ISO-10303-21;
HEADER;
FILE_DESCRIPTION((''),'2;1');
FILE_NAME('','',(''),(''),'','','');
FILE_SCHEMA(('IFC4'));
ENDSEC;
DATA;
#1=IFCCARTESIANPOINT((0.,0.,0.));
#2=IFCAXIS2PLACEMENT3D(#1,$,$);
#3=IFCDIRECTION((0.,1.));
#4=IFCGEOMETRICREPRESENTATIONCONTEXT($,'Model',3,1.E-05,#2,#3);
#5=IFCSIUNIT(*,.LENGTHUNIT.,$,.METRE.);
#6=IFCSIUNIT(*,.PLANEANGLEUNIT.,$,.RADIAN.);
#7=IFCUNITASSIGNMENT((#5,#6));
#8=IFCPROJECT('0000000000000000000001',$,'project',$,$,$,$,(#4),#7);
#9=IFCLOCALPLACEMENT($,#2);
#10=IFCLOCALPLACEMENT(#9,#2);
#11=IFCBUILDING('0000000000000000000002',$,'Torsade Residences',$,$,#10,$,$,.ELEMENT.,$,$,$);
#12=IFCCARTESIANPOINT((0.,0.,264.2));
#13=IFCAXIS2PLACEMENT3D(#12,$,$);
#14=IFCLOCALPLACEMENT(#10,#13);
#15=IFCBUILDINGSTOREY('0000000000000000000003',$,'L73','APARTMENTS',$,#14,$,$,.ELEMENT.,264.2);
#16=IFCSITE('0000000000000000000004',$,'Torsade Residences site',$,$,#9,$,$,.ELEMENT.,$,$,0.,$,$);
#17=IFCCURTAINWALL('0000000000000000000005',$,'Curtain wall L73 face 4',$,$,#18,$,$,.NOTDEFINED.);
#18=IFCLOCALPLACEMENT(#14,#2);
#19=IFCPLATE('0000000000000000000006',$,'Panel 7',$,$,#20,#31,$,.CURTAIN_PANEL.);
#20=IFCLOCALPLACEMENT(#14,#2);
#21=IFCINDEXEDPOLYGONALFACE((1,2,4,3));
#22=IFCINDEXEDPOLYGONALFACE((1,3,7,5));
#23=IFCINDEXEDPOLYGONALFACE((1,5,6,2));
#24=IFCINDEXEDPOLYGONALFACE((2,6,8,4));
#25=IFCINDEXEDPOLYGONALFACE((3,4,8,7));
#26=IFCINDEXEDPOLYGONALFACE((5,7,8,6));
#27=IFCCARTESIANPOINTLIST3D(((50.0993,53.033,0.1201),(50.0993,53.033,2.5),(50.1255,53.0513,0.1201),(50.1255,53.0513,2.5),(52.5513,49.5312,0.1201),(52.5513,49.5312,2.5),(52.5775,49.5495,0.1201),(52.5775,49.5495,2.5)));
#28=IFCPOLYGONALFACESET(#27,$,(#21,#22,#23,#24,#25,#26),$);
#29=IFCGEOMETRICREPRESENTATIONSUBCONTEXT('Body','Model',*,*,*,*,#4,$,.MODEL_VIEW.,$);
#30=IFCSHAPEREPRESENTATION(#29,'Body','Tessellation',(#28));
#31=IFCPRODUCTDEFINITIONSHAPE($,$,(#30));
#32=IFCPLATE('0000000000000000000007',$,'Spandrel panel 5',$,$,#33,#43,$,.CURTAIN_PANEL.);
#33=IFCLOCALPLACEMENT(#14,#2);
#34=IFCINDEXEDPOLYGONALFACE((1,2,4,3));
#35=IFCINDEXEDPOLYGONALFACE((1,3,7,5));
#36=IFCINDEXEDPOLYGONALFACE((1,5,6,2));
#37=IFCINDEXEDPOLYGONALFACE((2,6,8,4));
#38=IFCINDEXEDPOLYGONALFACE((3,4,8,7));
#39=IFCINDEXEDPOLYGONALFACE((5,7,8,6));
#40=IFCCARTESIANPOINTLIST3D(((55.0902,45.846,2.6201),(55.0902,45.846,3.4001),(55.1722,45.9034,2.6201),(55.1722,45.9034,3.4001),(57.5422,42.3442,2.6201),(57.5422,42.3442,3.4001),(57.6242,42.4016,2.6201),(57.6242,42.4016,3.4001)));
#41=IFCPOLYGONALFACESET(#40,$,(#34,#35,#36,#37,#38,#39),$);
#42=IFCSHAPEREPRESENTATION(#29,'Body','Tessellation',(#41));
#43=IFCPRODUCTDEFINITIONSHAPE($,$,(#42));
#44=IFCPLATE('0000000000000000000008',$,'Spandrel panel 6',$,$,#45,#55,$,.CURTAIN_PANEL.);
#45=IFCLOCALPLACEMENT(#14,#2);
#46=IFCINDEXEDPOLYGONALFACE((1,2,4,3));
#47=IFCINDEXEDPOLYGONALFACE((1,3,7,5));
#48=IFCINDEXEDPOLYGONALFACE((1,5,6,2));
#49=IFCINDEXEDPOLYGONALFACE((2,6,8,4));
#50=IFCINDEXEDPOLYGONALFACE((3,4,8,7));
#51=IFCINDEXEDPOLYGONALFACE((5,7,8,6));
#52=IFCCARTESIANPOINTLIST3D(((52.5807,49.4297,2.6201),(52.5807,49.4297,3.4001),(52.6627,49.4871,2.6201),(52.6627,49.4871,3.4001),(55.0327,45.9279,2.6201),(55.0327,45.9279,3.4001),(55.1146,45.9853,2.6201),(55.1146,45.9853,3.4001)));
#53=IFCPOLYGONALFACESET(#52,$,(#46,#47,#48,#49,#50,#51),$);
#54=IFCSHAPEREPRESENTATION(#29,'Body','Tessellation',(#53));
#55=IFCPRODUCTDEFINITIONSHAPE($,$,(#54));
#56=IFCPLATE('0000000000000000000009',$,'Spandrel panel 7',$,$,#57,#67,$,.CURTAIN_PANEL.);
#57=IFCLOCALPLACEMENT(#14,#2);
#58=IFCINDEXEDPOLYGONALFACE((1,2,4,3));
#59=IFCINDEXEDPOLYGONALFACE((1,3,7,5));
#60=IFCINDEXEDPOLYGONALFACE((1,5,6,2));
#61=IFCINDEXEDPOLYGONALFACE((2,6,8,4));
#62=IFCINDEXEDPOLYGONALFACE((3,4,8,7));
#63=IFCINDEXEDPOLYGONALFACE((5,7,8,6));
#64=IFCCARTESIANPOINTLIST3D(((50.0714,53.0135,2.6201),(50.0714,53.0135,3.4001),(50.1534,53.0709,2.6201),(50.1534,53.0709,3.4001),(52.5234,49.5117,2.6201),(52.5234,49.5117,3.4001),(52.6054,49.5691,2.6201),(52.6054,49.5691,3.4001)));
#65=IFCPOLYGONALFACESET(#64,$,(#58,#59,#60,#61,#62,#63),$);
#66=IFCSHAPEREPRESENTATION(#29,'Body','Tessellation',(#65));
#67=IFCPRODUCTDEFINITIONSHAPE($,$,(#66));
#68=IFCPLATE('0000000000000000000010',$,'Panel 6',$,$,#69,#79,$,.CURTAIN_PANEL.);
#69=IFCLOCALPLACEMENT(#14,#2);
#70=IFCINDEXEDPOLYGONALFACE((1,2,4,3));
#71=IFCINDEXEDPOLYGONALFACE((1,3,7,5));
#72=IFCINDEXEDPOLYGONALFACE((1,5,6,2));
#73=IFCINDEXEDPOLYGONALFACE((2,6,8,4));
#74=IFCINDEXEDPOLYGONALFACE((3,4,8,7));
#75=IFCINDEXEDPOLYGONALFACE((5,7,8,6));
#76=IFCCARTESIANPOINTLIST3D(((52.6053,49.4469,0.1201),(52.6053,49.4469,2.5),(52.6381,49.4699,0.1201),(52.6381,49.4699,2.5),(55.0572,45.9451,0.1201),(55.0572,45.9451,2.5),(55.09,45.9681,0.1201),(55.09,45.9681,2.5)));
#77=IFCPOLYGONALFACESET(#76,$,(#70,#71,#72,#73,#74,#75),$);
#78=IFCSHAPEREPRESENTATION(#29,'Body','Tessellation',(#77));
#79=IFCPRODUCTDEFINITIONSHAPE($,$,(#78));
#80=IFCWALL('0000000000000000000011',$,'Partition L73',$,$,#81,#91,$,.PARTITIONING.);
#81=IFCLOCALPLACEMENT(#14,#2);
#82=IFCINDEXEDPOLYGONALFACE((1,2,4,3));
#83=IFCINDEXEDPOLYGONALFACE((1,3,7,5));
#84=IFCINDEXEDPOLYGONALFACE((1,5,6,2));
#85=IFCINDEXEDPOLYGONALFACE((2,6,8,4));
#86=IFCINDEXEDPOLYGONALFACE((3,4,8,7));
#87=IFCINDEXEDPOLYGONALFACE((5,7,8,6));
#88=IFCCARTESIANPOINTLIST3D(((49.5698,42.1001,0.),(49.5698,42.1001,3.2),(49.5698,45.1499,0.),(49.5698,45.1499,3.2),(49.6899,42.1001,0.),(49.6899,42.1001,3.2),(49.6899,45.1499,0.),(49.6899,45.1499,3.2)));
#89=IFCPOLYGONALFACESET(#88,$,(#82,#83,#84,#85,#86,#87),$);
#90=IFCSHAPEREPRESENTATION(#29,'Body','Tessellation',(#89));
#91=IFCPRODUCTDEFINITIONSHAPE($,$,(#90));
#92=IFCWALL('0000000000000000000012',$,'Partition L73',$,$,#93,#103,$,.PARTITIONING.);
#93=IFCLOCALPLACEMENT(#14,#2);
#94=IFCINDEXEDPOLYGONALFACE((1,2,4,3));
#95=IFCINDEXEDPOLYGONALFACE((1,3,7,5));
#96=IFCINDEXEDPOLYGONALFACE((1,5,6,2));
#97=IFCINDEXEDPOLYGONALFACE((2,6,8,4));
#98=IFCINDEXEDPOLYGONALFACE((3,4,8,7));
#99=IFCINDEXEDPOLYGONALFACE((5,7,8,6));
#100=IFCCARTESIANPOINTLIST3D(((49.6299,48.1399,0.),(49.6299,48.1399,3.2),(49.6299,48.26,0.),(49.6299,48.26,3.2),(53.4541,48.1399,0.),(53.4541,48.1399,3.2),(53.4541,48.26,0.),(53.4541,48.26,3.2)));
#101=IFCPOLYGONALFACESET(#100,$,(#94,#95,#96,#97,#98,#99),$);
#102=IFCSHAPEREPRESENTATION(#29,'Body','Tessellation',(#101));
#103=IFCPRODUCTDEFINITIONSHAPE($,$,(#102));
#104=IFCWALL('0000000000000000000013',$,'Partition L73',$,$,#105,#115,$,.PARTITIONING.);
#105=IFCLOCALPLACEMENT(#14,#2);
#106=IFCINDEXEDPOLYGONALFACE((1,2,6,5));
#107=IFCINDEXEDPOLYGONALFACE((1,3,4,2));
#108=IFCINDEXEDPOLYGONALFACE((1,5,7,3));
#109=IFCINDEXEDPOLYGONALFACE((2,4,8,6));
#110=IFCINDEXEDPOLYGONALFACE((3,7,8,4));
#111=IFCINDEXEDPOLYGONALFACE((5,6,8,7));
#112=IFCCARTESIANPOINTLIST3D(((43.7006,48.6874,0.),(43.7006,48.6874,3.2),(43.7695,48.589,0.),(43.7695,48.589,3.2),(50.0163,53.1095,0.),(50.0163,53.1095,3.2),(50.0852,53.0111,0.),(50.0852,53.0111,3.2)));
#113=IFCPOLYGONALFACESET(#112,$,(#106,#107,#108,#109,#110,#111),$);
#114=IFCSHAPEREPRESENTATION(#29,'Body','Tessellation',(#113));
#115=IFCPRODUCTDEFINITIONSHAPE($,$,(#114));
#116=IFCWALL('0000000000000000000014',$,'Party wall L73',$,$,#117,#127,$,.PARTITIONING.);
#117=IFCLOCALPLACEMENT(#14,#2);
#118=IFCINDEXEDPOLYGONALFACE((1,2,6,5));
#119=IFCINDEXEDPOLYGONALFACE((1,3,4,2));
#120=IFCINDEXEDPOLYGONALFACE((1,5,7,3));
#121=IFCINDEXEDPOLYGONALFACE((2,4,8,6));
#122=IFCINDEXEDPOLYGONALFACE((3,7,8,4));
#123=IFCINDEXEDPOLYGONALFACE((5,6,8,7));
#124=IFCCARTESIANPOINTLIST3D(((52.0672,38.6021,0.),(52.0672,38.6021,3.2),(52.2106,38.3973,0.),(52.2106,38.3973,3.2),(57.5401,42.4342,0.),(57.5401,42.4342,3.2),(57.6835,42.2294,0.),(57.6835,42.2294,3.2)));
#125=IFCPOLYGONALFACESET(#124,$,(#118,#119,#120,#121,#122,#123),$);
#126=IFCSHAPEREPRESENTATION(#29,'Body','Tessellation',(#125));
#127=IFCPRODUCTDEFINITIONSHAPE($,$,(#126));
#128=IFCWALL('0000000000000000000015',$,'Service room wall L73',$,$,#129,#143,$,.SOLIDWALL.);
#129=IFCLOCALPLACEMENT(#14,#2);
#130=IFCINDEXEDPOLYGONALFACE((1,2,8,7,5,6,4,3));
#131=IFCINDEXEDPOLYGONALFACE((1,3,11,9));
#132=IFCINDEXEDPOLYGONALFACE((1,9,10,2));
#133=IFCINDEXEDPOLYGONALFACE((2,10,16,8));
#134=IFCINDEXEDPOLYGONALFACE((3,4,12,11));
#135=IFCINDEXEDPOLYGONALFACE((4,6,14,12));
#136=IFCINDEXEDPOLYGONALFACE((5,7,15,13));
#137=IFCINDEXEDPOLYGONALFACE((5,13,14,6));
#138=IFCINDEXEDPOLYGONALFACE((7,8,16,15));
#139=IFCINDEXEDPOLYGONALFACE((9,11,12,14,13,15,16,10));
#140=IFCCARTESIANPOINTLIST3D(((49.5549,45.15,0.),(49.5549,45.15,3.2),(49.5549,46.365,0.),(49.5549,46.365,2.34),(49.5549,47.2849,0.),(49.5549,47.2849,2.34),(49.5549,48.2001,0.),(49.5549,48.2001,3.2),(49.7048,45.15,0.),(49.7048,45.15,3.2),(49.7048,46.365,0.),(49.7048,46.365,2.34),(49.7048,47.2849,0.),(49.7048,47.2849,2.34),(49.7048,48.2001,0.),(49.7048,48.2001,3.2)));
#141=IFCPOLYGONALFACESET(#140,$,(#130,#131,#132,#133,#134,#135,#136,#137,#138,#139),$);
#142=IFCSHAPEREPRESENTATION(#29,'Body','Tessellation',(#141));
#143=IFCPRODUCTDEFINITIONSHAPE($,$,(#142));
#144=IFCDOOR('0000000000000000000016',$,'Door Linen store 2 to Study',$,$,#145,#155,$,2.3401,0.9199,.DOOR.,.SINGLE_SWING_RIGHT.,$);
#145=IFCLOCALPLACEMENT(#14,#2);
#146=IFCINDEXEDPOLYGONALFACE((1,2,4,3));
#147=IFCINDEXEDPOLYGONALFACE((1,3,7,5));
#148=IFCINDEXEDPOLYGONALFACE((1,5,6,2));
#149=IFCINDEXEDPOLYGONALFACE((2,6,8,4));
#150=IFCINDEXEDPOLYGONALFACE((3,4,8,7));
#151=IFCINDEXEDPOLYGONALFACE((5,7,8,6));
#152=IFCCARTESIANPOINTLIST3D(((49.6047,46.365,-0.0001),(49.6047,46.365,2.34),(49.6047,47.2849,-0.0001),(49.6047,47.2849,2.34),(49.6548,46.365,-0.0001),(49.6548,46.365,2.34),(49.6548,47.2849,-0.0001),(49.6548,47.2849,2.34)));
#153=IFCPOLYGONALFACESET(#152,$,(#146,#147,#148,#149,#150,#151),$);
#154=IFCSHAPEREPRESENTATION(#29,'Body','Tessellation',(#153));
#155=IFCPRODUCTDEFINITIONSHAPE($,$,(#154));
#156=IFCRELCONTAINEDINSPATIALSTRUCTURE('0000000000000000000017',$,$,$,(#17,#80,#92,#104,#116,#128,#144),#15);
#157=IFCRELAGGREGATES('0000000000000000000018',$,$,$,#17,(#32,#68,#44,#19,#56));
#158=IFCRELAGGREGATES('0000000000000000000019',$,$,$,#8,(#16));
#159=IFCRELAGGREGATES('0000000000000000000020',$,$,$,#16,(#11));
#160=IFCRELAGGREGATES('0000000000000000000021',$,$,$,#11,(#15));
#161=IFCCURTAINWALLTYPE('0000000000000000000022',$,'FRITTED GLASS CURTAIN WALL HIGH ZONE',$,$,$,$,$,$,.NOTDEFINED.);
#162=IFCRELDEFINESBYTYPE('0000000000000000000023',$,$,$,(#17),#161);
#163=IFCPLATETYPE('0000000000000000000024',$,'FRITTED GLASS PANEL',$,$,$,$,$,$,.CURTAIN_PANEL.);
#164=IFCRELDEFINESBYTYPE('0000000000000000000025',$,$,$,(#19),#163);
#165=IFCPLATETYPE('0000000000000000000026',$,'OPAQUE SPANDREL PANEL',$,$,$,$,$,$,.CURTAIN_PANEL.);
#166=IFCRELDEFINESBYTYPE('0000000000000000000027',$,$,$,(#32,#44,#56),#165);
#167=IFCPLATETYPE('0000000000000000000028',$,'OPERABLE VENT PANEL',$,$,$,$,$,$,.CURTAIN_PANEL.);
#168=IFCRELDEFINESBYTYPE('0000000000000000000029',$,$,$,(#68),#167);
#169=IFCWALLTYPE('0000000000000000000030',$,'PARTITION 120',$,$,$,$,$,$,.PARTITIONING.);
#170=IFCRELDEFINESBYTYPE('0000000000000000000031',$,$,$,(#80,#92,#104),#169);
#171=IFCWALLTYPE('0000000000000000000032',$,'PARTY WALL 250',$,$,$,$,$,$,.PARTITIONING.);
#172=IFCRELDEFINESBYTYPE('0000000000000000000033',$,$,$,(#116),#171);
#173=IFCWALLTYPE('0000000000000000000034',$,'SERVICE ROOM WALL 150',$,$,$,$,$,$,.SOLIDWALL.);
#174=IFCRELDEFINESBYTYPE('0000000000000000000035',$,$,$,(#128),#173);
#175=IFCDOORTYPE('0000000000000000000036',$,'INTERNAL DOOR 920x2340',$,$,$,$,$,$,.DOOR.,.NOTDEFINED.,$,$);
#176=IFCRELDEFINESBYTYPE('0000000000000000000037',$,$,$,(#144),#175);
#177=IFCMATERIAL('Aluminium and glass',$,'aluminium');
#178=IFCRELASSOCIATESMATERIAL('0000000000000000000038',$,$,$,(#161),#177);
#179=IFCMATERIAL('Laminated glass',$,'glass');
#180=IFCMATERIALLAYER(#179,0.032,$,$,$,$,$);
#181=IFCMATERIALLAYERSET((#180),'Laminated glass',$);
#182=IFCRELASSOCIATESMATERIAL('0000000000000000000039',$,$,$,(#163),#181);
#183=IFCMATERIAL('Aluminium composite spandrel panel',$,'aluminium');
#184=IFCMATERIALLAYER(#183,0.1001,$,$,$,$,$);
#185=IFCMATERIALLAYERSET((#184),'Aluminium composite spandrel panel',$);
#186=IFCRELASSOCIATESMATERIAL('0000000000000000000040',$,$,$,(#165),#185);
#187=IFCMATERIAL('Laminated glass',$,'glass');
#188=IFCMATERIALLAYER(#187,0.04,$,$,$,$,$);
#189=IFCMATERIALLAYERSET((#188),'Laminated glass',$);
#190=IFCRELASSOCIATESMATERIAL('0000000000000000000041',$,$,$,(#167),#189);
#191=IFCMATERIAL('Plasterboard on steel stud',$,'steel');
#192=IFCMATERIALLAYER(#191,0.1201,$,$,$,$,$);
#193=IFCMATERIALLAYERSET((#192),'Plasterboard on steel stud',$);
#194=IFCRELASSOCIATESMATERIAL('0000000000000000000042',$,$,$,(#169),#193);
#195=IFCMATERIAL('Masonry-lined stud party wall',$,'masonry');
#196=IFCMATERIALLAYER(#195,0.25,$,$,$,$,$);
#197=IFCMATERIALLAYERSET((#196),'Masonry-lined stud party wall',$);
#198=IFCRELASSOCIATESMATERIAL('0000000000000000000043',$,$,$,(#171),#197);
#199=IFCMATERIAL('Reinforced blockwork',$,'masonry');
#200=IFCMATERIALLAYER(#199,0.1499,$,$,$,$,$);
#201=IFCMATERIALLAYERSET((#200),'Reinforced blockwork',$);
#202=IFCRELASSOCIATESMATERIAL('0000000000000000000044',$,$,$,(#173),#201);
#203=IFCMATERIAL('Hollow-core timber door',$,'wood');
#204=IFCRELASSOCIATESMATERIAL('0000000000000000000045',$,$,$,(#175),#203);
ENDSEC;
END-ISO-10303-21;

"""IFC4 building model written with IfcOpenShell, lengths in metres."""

from ifc_helpers import new_model, si_unit, direction, frame, frame_2d, origin, origin_2d, place, context, subcontext, project, spatial, rectangle, extrude, material, layer, layer_set, type_object, element, fill, aggregate, save


model = new_model("IFC4")

# Units and contexts
model_context = context("Model", 3, precision=1e-05, world=origin(), true_north=direction((0.0, 1.0)))
body_context = subcontext(model_context, "Body", "Model", "MODEL_VIEW")
ifc_project = project(units=[si_unit("LENGTHUNIT", "METRE"), si_unit("PLANEANGLEUNIT", "RADIAN")], contexts=[model_context])

# Site, building, storey
site_placement = place(None, origin())
site = spatial("IfcSite", under=ifc_project, at=site_placement, Name="Torsade Residences site", CompositionType="ELEMENT", RefElevation=0.0)
building_placement = place(site_placement, origin())
building = spatial("IfcBuilding", under=site, at=building_placement, Name="Torsade Residences", CompositionType="ELEMENT")
storey_placement = place(building_placement, frame((0.0, 0.0, 264.2)))
storey = spatial("IfcBuildingStorey", under=building, at=storey_placement, Name="L73", Description="APARTMENTS", CompositionType="ELEMENT", Elevation=264.2)

# Curtain wall
ifc_material_1 = material(Name="Aluminium and glass", Category="aluminium")
curtain_wall_type = type_object("IfcCurtainWallType", Name="FRITTED GLASS CURTAIN WALL HIGH ZONE", PredefinedType="NOTDEFINED", material=ifc_material_1)
curtain_wall_placement = place(storey_placement, origin())
curtain_wall = element("IfcCurtainWall", 1, at=curtain_wall_placement, inside=storey, type_object=curtain_wall_type, Name="Curtain wall L73 face 4", PredefinedType="NOTDEFINED")

# Plates
ifc_material_2 = material(Name="Laminated glass", Category="glass")
ifc_layer_1 = layer(ifc_material_2, 0.032)
ifc_layer_set_1 = layer_set([ifc_layer_1], Name="Laminated glass")
plate_type_1 = type_object("IfcPlateType", Name="FRITTED GLASS PANEL", PredefinedType="CURTAIN_PANEL", material=ifc_layer_set_1)
plate_1_placement = place(storey_placement, frame((51.3384, 51.2913, 0.1201), z_axis=(0.0, 0.0, 1.0), x_axis=(-0.573576, 0.819152, 0.0)))
plate_1 = element("IfcPlate", 2, at=plate_1_placement, type_object=plate_type_1, Name="Panel 7", PredefinedType="CURTAIN_PANEL", context=body_context, shape_type="SweptSolid", body=[
    extrude(rectangle(XDim=4.2749, YDim=0.032, at=origin_2d()), origin(), (0.0, 0.0, 1.0), 2.3799),
])
ifc_material_3 = material(Name="Aluminium composite spandrel panel", Category="aluminium")
ifc_layer_2 = layer(ifc_material_3, 0.1001)
ifc_layer_set_2 = layer_set([ifc_layer_2], Name="Aluminium composite spandrel panel")
plate_type_2 = type_object("IfcPlateType", Name="OPAQUE SPANDREL PANEL", PredefinedType="CURTAIN_PANEL", material=ifc_layer_set_2)
plate_2_placement = place(storey_placement, frame((56.3572, 44.1238, 2.6201), z_axis=(0.0, 0.0, 1.0), x_axis=(-0.573576, 0.819152, 0.0)))
plate_2 = element("IfcPlate", 3, at=plate_2_placement, type_object=plate_type_2, Name="Spandrel panel 5", PredefinedType="CURTAIN_PANEL", context=body_context, shape_type="SweptSolid", body=[
    extrude(rectangle(XDim=4.2749, YDim=0.1001, at=origin_2d()), origin(), (0.0, 0.0, 1.0), 0.78),
])
plate_3_placement = place(storey_placement, frame((53.8477, 47.7075, 2.6201), z_axis=(0.0, 0.0, 1.0), x_axis=(-0.573576, 0.819152, 0.0)))
plate_3 = element("IfcPlate", 4, at=plate_3_placement, type_object=plate_type_2, Name="Spandrel panel 6", PredefinedType="CURTAIN_PANEL", context=body_context, shape_type="SweptSolid", body=[
    extrude(rectangle(XDim=4.2749, YDim=0.1001, at=origin_2d()), origin(), (0.0, 0.0, 1.0), 0.78),
])
plate_4_placement = place(storey_placement, frame((51.3384, 51.2913, 2.6201), z_axis=(0.0, 0.0, 1.0), x_axis=(-0.573576, 0.819152, 0.0)))
plate_4 = element("IfcPlate", 5, at=plate_4_placement, type_object=plate_type_2, Name="Spandrel panel 7", PredefinedType="CURTAIN_PANEL", context=body_context, shape_type="SweptSolid", body=[
    extrude(rectangle(XDim=4.2749, YDim=0.1001, at=origin_2d()), origin(), (0.0, 0.0, 1.0), 0.78),
])
ifc_material_4 = material(Name="Laminated glass", Category="glass")
ifc_layer_3 = layer(ifc_material_4, 0.04)
ifc_layer_set_3 = layer_set([ifc_layer_3], Name="Laminated glass")
plate_type_3 = type_object("IfcPlateType", Name="OPERABLE VENT PANEL", PredefinedType="CURTAIN_PANEL", material=ifc_layer_set_3)
plate_5_placement = place(storey_placement, frame((53.8477, 47.7075, 0.1201), z_axis=(0.0, 0.0, 1.0), x_axis=(-0.573576, 0.819152, 0.0)))
plate_5 = element("IfcPlate", 6, at=plate_5_placement, type_object=plate_type_3, Name="Panel 6", PredefinedType="CURTAIN_PANEL", context=body_context, shape_type="SweptSolid", body=[
    extrude(rectangle(XDim=4.2749, YDim=0.04, at=origin_2d()), origin(), (0.0, 0.0, 1.0), 2.3799),
])
aggregate(curtain_wall, [plate_2, plate_5, plate_3, plate_1, plate_4])

# Walls
ifc_material_5 = material(Name="Plasterboard on steel stud", Category="steel")
ifc_layer_4 = layer(ifc_material_5, 0.1201)
ifc_layer_set_4 = layer_set([ifc_layer_4], Name="Plasterboard on steel stud")
wall_type_1 = type_object("IfcWallType", Name="PARTITION 120", PredefinedType="PARTITIONING", material=ifc_layer_set_4)
wall_1_placement = place(storey_placement, frame((49.6299, 45.1499, 0.0), z_axis=(0.0, 0.0, 1.0), x_axis=(0.0, -1.0, 0.0)))
element("IfcWall", 7, at=wall_1_placement, inside=storey, type_object=wall_type_1, Name="Partition L73", PredefinedType="PARTITIONING", context=body_context, shape_type="SweptSolid", body=[
    extrude(rectangle(XDim=3.0498, YDim=0.1201, at=frame_2d((1.5249, 0.0))), origin(), (0.0, 0.0, 1.0), 3.2),
])
wall_2_placement = place(storey_placement, frame((49.6299, 48.2, 0.0), z_axis=(0.0, 0.0, 1.0), x_axis=(1.0, 0.0, 0.0)))
element("IfcWall", 8, at=wall_2_placement, inside=storey, type_object=wall_type_1, Name="Partition L73", PredefinedType="PARTITIONING", context=body_context, shape_type="SweptSolid", body=[
    extrude(rectangle(XDim=3.8242, YDim=0.1201, at=frame_2d((1.9121, 0.0))), origin(), (0.0, 0.0, 1.0), 3.2),
])
wall_3_placement = place(storey_placement, frame((50.0508, 53.0603, 0.0), z_axis=(0.0, 0.0, 1.0), x_axis=(-0.819162, -0.573562, 0.0)))
element("IfcWall", 9, at=wall_3_placement, inside=storey, type_object=wall_type_1, Name="Partition L73", PredefinedType="PARTITIONING", context=body_context, shape_type="SweptSolid", body=[
    extrude(rectangle(XDim=7.71, YDim=0.1201, at=frame_2d((3.855, 0.0))), origin(), (0.0, 0.0, 1.0), 3.2),
])
ifc_material_6 = material(Name="Masonry-lined stud party wall", Category="masonry")
ifc_layer_5 = layer(ifc_material_6, 0.25)
ifc_layer_set_5 = layer_set([ifc_layer_5], Name="Masonry-lined stud party wall")
wall_type_2 = type_object("IfcWallType", Name="PARTY WALL 250", PredefinedType="PARTITIONING", material=ifc_layer_set_5)
wall_4_placement = place(storey_placement, frame((57.6118, 42.3318, 0.0), z_axis=(0.0, 0.0, 1.0), x_axis=(-0.819162, -0.573563, 0.0)))
element("IfcWall", 10, at=wall_4_placement, inside=storey, type_object=wall_type_2, Name="Party wall L73", PredefinedType="PARTITIONING", context=body_context, shape_type="SweptSolid", body=[
    extrude(rectangle(XDim=6.6812, YDim=0.25, at=frame_2d((3.3406, 0.0))), origin(), (0.0, 0.0, 1.0), 3.2),
])

# Wall, opening, door
ifc_material_7 = material(Name="Reinforced blockwork", Category="masonry")
ifc_layer_6 = layer(ifc_material_7, 0.1499)
ifc_layer_set_6 = layer_set([ifc_layer_6], Name="Reinforced blockwork")
wall_type_3 = type_object("IfcWallType", Name="SERVICE ROOM WALL 150", PredefinedType="SOLIDWALL", material=ifc_layer_set_6)
wall_5_placement = place(storey_placement, frame((49.6299, 48.2, 0.0), z_axis=(0.0, 0.0, 1.0), x_axis=(0.0, -1.0, 0.0)))
wall_5 = element("IfcWall", 11, at=wall_5_placement, inside=storey, type_object=wall_type_3, Name="Service room wall L73", PredefinedType="SOLIDWALL", context=body_context, shape_type="SweptSolid", body=[
    extrude(rectangle(XDim=3.05, YDim=0.1499, at=frame_2d((1.5249, 0.0))), origin(), (0.0, 0.0, 1.0), 3.2),
])
opening_1_placement = place(wall_5_placement, frame((0.915, 0.0, 0.0)))
opening_1 = element("IfcOpeningElement", 12, at=opening_1_placement, cuts=wall_5, PredefinedType="OPENING", context=body_context, shape_type="SweptSolid", body=[
    extrude(rectangle(XDim=0.9199, YDim=2.3401, at=frame_2d((0.46, 1.1699))), frame((0.0, 0.085, 0.0), z_axis=(0.0, -1.0, 0.0), x_axis=(1.0, 0.0, 0.0)), (0.0, 0.0, 1.0), 0.1699),
])
ifc_material_8 = material(Name="Hollow-core timber door", Category="wood")
door_type = type_object("IfcDoorType", Name="INTERNAL DOOR 920x2340", OperationType="NOTDEFINED", PredefinedType="DOOR", material=ifc_material_8)
door_1_placement = place(opening_1_placement, origin())
door_1 = element("IfcDoor", 13, at=door_1_placement, inside=storey, type_object=door_type, Name="Door Linen store 2 to Study", OperationType="SINGLE_SWING_RIGHT", OverallHeight=2.3401, OverallWidth=0.9199, PredefinedType="DOOR", context=body_context, shape_type="SweptSolid", body=[
    extrude(rectangle(XDim=0.9199, YDim=2.3401, at=frame_2d((0.46, 1.1699))), frame((0.0, 0.0249, 0.0), z_axis=(0.0, -1.0, 0.0), x_axis=(1.0, 0.0, 0.0)), (0.0, 0.0, 1.0), 0.05),
])
fill(opening_1, door_1)

save(model, "model.ifc")
